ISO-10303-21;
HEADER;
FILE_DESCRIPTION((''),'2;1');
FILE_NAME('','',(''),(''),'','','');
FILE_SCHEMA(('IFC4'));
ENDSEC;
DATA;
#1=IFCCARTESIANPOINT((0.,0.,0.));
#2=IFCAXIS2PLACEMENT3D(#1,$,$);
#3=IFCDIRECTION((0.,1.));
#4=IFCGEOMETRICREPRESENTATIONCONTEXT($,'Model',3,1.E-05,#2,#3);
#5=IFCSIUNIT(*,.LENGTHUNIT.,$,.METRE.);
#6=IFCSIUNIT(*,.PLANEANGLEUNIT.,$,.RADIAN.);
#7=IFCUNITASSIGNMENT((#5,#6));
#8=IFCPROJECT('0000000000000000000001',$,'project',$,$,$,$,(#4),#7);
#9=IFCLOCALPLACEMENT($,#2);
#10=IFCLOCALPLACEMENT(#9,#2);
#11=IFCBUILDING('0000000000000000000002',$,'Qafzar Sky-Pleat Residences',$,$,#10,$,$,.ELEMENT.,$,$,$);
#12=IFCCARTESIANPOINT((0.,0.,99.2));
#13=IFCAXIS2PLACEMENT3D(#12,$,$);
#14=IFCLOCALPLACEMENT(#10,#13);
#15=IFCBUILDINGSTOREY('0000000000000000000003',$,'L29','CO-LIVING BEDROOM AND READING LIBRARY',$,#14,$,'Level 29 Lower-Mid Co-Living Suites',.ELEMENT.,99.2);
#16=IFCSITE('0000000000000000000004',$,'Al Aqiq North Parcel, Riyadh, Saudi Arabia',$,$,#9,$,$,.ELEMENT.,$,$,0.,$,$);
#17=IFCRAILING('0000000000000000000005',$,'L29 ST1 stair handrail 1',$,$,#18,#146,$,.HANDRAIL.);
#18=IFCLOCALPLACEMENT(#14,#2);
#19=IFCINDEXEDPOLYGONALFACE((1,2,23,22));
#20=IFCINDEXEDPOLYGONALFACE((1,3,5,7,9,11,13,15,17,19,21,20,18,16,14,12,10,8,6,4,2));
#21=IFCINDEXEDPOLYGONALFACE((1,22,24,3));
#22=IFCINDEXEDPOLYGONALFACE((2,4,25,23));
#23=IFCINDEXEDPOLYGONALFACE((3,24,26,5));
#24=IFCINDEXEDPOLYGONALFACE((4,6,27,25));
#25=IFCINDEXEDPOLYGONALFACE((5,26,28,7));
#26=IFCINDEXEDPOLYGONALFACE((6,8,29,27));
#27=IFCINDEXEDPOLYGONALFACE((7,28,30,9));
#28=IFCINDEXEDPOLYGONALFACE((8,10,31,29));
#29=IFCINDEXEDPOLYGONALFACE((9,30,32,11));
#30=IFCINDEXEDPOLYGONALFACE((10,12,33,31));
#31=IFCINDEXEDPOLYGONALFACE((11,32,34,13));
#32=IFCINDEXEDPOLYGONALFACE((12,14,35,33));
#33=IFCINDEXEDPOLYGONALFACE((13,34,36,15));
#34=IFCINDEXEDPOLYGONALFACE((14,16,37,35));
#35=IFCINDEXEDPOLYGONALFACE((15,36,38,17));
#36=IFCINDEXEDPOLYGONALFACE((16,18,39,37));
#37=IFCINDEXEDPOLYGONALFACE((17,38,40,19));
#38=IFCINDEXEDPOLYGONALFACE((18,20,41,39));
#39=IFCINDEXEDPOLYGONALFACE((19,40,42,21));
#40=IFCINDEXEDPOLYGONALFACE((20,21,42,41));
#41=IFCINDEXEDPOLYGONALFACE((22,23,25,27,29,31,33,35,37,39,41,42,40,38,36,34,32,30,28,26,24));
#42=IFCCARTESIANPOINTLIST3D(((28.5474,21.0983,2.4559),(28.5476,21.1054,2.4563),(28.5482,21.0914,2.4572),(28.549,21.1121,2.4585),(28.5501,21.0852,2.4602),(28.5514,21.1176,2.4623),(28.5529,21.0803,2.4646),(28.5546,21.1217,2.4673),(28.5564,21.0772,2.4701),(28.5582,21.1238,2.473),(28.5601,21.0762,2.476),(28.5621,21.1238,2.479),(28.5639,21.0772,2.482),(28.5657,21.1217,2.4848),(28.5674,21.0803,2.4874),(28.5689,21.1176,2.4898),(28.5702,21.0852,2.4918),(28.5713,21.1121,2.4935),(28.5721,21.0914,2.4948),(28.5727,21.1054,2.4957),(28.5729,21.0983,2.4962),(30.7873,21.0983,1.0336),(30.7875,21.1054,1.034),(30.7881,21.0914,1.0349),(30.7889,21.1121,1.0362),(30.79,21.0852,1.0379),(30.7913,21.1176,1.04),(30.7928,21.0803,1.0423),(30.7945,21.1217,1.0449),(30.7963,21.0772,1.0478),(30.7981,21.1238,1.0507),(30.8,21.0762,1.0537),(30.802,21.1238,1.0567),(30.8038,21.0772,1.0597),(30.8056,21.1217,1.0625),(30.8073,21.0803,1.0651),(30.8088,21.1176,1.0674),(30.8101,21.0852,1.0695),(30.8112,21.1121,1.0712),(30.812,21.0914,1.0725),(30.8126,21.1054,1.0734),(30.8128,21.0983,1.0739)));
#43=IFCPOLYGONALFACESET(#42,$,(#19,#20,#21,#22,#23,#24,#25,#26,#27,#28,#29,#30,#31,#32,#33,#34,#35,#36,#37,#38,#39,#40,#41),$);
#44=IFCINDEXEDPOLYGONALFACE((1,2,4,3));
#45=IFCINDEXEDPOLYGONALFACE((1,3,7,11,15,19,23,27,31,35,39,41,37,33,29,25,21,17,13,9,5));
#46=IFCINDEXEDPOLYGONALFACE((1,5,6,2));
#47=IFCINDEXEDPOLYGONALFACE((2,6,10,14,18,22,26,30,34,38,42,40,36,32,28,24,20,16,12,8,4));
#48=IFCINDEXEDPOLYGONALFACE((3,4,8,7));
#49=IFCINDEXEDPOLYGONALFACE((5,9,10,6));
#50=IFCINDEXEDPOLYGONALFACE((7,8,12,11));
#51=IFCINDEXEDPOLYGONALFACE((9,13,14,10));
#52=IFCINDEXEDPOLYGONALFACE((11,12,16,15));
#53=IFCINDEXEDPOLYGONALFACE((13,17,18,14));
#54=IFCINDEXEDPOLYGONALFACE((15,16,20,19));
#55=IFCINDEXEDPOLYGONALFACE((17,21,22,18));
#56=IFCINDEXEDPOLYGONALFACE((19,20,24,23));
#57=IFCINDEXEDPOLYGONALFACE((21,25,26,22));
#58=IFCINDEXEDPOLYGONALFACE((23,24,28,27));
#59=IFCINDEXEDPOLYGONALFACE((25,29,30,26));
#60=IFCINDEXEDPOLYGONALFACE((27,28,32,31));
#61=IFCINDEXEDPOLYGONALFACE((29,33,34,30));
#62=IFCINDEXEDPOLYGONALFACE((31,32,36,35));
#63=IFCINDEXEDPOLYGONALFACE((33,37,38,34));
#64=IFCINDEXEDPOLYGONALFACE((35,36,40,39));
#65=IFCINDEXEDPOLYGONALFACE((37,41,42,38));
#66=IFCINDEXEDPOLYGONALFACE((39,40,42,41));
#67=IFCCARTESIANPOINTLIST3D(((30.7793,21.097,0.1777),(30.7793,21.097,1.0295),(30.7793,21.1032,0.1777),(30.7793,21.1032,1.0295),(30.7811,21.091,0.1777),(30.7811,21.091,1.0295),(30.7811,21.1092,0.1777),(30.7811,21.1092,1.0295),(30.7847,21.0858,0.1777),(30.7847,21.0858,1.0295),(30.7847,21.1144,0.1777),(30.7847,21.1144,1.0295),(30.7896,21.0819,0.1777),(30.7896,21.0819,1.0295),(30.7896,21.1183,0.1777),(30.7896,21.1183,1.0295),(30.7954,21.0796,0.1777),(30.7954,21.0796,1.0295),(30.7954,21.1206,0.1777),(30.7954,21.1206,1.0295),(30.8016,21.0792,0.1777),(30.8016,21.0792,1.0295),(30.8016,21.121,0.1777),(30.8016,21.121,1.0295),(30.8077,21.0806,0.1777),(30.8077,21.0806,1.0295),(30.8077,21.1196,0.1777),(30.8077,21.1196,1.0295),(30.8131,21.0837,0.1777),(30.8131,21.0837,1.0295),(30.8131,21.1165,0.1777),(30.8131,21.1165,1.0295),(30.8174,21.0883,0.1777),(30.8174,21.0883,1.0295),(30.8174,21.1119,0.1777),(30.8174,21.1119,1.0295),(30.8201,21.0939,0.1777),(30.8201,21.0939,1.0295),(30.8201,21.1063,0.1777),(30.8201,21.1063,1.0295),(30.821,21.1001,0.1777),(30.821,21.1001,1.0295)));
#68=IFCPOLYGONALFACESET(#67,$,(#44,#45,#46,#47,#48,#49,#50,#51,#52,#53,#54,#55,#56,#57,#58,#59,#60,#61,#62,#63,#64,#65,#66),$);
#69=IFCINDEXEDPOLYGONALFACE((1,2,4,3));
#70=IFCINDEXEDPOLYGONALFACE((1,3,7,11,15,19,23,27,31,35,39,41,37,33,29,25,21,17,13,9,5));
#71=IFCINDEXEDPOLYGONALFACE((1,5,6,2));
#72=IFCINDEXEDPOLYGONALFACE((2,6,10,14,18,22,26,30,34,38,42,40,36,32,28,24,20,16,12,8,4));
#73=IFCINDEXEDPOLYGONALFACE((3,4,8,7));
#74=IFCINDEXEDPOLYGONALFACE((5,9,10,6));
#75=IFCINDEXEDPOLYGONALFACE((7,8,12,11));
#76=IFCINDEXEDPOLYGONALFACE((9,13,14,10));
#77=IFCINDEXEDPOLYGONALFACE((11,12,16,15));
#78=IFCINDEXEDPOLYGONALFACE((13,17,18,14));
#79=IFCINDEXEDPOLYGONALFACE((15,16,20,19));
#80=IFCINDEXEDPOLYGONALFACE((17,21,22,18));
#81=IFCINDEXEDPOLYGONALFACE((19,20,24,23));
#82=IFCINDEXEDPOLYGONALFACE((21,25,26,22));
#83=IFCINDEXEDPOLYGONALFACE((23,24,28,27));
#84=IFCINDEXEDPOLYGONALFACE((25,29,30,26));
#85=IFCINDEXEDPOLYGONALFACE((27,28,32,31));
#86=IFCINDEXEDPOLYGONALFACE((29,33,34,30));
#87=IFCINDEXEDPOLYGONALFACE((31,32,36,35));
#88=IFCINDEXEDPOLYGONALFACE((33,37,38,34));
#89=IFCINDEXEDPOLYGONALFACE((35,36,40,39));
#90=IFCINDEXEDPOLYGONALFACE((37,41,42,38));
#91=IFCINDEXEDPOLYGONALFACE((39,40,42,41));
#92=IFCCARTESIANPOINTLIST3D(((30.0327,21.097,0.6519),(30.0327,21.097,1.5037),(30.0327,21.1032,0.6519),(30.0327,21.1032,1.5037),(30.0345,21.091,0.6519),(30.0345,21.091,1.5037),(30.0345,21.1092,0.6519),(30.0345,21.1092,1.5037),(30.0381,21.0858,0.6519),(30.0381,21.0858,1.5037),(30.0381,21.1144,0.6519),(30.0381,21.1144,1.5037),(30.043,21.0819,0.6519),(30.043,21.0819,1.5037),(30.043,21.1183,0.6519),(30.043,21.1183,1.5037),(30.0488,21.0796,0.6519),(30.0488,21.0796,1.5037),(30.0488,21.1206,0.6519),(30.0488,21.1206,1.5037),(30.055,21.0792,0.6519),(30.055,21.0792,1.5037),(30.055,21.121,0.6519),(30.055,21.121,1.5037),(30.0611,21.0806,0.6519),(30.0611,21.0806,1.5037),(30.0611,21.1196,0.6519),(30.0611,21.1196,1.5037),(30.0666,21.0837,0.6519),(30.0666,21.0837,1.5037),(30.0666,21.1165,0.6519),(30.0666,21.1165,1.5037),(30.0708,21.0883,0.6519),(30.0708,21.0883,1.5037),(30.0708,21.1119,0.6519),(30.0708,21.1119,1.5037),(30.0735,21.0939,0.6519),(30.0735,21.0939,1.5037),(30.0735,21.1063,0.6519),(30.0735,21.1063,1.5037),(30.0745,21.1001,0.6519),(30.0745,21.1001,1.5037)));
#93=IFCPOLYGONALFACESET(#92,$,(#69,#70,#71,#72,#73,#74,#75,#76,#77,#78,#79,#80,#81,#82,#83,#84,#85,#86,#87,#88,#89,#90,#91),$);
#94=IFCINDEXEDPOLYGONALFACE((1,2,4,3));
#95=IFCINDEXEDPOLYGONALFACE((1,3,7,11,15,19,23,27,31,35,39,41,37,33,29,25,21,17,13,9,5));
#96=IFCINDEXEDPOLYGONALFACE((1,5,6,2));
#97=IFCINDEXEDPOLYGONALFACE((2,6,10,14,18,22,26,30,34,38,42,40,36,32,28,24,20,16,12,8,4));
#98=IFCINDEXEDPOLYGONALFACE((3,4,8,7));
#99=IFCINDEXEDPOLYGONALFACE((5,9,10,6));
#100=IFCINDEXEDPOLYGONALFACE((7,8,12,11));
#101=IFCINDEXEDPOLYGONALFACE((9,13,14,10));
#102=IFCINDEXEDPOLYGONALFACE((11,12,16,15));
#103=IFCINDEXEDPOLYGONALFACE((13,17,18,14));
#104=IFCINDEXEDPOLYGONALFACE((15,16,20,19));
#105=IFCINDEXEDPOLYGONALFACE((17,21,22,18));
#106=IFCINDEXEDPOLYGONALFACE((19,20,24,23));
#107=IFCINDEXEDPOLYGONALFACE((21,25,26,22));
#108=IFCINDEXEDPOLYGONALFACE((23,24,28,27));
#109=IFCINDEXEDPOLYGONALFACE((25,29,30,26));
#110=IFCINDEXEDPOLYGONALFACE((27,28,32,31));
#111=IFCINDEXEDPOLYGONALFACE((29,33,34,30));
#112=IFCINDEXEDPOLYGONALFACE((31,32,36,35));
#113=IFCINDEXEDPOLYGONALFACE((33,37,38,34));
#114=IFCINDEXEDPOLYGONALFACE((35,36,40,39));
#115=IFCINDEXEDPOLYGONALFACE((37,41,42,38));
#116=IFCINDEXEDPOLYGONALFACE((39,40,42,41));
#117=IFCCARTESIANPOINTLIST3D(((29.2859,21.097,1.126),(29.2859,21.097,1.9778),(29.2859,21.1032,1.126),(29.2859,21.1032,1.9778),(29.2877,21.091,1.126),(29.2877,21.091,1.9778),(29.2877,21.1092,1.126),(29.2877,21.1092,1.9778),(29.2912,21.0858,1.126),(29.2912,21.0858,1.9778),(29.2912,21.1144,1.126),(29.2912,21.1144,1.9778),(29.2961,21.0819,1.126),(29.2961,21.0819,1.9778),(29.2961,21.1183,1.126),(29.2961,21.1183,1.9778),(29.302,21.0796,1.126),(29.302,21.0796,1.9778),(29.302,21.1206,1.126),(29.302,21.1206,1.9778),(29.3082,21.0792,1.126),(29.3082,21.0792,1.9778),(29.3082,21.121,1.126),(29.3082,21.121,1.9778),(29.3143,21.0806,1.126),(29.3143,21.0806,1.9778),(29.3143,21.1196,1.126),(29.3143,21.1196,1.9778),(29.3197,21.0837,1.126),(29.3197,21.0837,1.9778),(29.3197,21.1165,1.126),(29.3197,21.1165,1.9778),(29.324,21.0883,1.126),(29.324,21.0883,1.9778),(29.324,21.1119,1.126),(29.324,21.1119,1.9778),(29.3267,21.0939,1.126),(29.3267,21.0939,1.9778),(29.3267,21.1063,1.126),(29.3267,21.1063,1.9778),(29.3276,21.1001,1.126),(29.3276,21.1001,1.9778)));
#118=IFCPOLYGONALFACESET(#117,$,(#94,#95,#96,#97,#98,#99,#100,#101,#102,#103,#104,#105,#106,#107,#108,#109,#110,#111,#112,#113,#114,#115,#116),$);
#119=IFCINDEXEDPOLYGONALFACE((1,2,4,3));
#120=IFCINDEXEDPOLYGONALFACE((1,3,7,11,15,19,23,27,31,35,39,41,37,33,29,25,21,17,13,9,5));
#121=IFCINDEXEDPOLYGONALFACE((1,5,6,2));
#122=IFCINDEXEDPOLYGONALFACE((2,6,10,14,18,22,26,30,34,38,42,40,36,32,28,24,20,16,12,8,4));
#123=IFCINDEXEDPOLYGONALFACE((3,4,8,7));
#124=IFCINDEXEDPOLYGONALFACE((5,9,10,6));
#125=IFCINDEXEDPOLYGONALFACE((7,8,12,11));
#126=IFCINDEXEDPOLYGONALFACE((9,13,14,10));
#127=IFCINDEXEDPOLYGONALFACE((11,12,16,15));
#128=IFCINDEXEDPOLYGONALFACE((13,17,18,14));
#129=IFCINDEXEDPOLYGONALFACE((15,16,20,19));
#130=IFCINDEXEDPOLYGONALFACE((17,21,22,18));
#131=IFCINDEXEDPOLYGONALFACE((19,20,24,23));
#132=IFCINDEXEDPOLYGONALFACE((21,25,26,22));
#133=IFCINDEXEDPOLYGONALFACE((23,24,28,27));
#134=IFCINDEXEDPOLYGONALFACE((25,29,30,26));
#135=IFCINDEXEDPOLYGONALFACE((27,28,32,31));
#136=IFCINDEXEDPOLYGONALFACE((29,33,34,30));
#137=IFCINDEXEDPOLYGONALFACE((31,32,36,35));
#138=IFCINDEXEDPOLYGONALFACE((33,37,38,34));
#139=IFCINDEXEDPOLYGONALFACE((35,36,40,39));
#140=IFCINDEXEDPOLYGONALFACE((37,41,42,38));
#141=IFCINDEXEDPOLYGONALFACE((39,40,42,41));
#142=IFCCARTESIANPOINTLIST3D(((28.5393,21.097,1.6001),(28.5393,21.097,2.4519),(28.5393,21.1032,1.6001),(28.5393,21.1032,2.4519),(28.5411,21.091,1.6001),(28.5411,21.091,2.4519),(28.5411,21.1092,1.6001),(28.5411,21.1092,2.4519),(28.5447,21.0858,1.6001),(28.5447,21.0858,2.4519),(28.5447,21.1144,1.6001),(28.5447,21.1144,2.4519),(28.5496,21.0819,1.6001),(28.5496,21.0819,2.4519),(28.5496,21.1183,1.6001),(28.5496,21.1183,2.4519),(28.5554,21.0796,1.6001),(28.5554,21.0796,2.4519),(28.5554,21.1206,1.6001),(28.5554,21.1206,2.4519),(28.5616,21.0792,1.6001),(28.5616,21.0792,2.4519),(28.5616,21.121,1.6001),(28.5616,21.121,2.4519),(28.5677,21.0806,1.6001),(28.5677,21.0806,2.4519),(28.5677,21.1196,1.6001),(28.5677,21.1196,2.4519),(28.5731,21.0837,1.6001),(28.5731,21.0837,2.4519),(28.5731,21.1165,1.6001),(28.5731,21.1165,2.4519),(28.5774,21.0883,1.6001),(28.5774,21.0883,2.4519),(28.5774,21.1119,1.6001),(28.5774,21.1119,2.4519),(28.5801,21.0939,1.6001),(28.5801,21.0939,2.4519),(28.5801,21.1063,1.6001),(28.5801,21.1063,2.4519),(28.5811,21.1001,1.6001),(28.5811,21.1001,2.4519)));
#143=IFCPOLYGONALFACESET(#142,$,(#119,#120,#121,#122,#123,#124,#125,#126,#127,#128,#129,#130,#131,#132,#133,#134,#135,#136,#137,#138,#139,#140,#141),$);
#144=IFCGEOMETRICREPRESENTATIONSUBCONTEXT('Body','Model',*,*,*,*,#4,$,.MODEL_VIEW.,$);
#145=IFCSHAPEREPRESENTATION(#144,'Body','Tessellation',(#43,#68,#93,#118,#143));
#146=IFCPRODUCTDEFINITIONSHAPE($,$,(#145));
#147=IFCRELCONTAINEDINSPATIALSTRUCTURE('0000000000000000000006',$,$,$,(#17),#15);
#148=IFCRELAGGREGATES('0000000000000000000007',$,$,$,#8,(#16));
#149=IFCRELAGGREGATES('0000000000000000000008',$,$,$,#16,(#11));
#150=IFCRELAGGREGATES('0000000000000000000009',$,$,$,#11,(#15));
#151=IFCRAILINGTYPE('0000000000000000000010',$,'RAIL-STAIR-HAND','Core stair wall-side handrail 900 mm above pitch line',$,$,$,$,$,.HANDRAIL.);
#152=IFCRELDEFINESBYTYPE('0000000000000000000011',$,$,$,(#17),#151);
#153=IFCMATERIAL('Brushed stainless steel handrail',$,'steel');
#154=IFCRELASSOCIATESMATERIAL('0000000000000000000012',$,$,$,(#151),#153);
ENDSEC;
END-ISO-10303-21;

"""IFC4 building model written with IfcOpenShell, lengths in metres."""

from ifc_helpers import new_model, si_unit, direction, frame, origin, origin_2d, place, context, subcontext, project, spatial, circle, extrude, source, transform, mapped, material, type_object, element, save


model = new_model("IFC4")

# Units and contexts
model_context = context("Model", 3, precision=1e-05, world=origin(), true_north=direction((0.0, 1.0)))
body_context = subcontext(model_context, "Body", "Model", "MODEL_VIEW")
ifc_project = project(units=[si_unit("LENGTHUNIT", "METRE"), si_unit("PLANEANGLEUNIT", "RADIAN")], contexts=[model_context])

# Site, building, storey
site_placement = place(None, origin())
site = spatial("IfcSite", under=ifc_project, at=site_placement, Name="Al Aqiq North Parcel, Riyadh, Saudi Arabia", CompositionType="ELEMENT", RefElevation=0.0)
building_placement = place(site_placement, origin())
building = spatial("IfcBuilding", under=site, at=building_placement, Name="Qafzar Sky-Pleat Residences", CompositionType="ELEMENT")
storey_placement = place(building_placement, frame((0.0, 0.0, 99.2)))
storey = spatial("IfcBuildingStorey", under=building, at=storey_placement, Name="L29", Description="CO-LIVING BEDROOM AND READING LIBRARY", LongName="Level 29 Lower-Mid Co-Living Suites", CompositionType="ELEMENT", Elevation=99.2)

# Railing
ifc_material_1 = material(Name="Brushed stainless steel handrail", Category="steel")
railing_type_1 = type_object("IfcRailingType", Name="RAIL-STAIR-HAND", Description="Core stair wall-side handrail 900 mm above pitch line", PredefinedType="HANDRAIL", material=ifc_material_1)
shared_shape_1 = source(origin(), body_context, "Body", "SweptSolid", [
    extrude(circle(Radius=0.0239, at=origin_2d()), frame((0.0, 0.0, 0.876), z_axis=(-0.844188, 0.0, 0.536048), x_axis=(0.0, -1.0, 0.0)), (0.0, 0.0, 1.0), 2.6533),
    extrude(circle(Radius=0.021, at=origin_2d()), origin(), (0.0, 0.0, 1.0), 0.8518),
    extrude(circle(Radius=0.021, at=origin_2d()), frame((-0.7466, 0.0, 0.4741)), (0.0, 0.0, 1.0), 0.8518),
    extrude(circle(Radius=0.021, at=origin_2d()), frame((-1.4934, 0.0, 0.9482)), (0.0, 0.0, 1.0), 0.8518),
    extrude(circle(Radius=0.021, at=origin_2d()), frame((-2.24, 0.0, 1.4224)), (0.0, 0.0, 1.0), 0.8518),
])
railing_1_placement = place(storey_placement, frame((30.8, 21.1001, 0.1777)))
element("IfcRailing", 1, at=railing_1_placement, inside=storey, type_object=railing_type_1, Name="L29 ST1 stair handrail 1", PredefinedType="HANDRAIL", context=body_context, shape_type="MappedRepresentation", body=[
    mapped(shared_shape_1, transform((0.0, 0.0, 0.0), x_axis=(1.0, 0.0, 0.0), y_axis=(0.0, 1.0, 0.0), z_axis=(0.0, 0.0, 1.0), scale=1.0)),
])

save(model, "model.ifc")
